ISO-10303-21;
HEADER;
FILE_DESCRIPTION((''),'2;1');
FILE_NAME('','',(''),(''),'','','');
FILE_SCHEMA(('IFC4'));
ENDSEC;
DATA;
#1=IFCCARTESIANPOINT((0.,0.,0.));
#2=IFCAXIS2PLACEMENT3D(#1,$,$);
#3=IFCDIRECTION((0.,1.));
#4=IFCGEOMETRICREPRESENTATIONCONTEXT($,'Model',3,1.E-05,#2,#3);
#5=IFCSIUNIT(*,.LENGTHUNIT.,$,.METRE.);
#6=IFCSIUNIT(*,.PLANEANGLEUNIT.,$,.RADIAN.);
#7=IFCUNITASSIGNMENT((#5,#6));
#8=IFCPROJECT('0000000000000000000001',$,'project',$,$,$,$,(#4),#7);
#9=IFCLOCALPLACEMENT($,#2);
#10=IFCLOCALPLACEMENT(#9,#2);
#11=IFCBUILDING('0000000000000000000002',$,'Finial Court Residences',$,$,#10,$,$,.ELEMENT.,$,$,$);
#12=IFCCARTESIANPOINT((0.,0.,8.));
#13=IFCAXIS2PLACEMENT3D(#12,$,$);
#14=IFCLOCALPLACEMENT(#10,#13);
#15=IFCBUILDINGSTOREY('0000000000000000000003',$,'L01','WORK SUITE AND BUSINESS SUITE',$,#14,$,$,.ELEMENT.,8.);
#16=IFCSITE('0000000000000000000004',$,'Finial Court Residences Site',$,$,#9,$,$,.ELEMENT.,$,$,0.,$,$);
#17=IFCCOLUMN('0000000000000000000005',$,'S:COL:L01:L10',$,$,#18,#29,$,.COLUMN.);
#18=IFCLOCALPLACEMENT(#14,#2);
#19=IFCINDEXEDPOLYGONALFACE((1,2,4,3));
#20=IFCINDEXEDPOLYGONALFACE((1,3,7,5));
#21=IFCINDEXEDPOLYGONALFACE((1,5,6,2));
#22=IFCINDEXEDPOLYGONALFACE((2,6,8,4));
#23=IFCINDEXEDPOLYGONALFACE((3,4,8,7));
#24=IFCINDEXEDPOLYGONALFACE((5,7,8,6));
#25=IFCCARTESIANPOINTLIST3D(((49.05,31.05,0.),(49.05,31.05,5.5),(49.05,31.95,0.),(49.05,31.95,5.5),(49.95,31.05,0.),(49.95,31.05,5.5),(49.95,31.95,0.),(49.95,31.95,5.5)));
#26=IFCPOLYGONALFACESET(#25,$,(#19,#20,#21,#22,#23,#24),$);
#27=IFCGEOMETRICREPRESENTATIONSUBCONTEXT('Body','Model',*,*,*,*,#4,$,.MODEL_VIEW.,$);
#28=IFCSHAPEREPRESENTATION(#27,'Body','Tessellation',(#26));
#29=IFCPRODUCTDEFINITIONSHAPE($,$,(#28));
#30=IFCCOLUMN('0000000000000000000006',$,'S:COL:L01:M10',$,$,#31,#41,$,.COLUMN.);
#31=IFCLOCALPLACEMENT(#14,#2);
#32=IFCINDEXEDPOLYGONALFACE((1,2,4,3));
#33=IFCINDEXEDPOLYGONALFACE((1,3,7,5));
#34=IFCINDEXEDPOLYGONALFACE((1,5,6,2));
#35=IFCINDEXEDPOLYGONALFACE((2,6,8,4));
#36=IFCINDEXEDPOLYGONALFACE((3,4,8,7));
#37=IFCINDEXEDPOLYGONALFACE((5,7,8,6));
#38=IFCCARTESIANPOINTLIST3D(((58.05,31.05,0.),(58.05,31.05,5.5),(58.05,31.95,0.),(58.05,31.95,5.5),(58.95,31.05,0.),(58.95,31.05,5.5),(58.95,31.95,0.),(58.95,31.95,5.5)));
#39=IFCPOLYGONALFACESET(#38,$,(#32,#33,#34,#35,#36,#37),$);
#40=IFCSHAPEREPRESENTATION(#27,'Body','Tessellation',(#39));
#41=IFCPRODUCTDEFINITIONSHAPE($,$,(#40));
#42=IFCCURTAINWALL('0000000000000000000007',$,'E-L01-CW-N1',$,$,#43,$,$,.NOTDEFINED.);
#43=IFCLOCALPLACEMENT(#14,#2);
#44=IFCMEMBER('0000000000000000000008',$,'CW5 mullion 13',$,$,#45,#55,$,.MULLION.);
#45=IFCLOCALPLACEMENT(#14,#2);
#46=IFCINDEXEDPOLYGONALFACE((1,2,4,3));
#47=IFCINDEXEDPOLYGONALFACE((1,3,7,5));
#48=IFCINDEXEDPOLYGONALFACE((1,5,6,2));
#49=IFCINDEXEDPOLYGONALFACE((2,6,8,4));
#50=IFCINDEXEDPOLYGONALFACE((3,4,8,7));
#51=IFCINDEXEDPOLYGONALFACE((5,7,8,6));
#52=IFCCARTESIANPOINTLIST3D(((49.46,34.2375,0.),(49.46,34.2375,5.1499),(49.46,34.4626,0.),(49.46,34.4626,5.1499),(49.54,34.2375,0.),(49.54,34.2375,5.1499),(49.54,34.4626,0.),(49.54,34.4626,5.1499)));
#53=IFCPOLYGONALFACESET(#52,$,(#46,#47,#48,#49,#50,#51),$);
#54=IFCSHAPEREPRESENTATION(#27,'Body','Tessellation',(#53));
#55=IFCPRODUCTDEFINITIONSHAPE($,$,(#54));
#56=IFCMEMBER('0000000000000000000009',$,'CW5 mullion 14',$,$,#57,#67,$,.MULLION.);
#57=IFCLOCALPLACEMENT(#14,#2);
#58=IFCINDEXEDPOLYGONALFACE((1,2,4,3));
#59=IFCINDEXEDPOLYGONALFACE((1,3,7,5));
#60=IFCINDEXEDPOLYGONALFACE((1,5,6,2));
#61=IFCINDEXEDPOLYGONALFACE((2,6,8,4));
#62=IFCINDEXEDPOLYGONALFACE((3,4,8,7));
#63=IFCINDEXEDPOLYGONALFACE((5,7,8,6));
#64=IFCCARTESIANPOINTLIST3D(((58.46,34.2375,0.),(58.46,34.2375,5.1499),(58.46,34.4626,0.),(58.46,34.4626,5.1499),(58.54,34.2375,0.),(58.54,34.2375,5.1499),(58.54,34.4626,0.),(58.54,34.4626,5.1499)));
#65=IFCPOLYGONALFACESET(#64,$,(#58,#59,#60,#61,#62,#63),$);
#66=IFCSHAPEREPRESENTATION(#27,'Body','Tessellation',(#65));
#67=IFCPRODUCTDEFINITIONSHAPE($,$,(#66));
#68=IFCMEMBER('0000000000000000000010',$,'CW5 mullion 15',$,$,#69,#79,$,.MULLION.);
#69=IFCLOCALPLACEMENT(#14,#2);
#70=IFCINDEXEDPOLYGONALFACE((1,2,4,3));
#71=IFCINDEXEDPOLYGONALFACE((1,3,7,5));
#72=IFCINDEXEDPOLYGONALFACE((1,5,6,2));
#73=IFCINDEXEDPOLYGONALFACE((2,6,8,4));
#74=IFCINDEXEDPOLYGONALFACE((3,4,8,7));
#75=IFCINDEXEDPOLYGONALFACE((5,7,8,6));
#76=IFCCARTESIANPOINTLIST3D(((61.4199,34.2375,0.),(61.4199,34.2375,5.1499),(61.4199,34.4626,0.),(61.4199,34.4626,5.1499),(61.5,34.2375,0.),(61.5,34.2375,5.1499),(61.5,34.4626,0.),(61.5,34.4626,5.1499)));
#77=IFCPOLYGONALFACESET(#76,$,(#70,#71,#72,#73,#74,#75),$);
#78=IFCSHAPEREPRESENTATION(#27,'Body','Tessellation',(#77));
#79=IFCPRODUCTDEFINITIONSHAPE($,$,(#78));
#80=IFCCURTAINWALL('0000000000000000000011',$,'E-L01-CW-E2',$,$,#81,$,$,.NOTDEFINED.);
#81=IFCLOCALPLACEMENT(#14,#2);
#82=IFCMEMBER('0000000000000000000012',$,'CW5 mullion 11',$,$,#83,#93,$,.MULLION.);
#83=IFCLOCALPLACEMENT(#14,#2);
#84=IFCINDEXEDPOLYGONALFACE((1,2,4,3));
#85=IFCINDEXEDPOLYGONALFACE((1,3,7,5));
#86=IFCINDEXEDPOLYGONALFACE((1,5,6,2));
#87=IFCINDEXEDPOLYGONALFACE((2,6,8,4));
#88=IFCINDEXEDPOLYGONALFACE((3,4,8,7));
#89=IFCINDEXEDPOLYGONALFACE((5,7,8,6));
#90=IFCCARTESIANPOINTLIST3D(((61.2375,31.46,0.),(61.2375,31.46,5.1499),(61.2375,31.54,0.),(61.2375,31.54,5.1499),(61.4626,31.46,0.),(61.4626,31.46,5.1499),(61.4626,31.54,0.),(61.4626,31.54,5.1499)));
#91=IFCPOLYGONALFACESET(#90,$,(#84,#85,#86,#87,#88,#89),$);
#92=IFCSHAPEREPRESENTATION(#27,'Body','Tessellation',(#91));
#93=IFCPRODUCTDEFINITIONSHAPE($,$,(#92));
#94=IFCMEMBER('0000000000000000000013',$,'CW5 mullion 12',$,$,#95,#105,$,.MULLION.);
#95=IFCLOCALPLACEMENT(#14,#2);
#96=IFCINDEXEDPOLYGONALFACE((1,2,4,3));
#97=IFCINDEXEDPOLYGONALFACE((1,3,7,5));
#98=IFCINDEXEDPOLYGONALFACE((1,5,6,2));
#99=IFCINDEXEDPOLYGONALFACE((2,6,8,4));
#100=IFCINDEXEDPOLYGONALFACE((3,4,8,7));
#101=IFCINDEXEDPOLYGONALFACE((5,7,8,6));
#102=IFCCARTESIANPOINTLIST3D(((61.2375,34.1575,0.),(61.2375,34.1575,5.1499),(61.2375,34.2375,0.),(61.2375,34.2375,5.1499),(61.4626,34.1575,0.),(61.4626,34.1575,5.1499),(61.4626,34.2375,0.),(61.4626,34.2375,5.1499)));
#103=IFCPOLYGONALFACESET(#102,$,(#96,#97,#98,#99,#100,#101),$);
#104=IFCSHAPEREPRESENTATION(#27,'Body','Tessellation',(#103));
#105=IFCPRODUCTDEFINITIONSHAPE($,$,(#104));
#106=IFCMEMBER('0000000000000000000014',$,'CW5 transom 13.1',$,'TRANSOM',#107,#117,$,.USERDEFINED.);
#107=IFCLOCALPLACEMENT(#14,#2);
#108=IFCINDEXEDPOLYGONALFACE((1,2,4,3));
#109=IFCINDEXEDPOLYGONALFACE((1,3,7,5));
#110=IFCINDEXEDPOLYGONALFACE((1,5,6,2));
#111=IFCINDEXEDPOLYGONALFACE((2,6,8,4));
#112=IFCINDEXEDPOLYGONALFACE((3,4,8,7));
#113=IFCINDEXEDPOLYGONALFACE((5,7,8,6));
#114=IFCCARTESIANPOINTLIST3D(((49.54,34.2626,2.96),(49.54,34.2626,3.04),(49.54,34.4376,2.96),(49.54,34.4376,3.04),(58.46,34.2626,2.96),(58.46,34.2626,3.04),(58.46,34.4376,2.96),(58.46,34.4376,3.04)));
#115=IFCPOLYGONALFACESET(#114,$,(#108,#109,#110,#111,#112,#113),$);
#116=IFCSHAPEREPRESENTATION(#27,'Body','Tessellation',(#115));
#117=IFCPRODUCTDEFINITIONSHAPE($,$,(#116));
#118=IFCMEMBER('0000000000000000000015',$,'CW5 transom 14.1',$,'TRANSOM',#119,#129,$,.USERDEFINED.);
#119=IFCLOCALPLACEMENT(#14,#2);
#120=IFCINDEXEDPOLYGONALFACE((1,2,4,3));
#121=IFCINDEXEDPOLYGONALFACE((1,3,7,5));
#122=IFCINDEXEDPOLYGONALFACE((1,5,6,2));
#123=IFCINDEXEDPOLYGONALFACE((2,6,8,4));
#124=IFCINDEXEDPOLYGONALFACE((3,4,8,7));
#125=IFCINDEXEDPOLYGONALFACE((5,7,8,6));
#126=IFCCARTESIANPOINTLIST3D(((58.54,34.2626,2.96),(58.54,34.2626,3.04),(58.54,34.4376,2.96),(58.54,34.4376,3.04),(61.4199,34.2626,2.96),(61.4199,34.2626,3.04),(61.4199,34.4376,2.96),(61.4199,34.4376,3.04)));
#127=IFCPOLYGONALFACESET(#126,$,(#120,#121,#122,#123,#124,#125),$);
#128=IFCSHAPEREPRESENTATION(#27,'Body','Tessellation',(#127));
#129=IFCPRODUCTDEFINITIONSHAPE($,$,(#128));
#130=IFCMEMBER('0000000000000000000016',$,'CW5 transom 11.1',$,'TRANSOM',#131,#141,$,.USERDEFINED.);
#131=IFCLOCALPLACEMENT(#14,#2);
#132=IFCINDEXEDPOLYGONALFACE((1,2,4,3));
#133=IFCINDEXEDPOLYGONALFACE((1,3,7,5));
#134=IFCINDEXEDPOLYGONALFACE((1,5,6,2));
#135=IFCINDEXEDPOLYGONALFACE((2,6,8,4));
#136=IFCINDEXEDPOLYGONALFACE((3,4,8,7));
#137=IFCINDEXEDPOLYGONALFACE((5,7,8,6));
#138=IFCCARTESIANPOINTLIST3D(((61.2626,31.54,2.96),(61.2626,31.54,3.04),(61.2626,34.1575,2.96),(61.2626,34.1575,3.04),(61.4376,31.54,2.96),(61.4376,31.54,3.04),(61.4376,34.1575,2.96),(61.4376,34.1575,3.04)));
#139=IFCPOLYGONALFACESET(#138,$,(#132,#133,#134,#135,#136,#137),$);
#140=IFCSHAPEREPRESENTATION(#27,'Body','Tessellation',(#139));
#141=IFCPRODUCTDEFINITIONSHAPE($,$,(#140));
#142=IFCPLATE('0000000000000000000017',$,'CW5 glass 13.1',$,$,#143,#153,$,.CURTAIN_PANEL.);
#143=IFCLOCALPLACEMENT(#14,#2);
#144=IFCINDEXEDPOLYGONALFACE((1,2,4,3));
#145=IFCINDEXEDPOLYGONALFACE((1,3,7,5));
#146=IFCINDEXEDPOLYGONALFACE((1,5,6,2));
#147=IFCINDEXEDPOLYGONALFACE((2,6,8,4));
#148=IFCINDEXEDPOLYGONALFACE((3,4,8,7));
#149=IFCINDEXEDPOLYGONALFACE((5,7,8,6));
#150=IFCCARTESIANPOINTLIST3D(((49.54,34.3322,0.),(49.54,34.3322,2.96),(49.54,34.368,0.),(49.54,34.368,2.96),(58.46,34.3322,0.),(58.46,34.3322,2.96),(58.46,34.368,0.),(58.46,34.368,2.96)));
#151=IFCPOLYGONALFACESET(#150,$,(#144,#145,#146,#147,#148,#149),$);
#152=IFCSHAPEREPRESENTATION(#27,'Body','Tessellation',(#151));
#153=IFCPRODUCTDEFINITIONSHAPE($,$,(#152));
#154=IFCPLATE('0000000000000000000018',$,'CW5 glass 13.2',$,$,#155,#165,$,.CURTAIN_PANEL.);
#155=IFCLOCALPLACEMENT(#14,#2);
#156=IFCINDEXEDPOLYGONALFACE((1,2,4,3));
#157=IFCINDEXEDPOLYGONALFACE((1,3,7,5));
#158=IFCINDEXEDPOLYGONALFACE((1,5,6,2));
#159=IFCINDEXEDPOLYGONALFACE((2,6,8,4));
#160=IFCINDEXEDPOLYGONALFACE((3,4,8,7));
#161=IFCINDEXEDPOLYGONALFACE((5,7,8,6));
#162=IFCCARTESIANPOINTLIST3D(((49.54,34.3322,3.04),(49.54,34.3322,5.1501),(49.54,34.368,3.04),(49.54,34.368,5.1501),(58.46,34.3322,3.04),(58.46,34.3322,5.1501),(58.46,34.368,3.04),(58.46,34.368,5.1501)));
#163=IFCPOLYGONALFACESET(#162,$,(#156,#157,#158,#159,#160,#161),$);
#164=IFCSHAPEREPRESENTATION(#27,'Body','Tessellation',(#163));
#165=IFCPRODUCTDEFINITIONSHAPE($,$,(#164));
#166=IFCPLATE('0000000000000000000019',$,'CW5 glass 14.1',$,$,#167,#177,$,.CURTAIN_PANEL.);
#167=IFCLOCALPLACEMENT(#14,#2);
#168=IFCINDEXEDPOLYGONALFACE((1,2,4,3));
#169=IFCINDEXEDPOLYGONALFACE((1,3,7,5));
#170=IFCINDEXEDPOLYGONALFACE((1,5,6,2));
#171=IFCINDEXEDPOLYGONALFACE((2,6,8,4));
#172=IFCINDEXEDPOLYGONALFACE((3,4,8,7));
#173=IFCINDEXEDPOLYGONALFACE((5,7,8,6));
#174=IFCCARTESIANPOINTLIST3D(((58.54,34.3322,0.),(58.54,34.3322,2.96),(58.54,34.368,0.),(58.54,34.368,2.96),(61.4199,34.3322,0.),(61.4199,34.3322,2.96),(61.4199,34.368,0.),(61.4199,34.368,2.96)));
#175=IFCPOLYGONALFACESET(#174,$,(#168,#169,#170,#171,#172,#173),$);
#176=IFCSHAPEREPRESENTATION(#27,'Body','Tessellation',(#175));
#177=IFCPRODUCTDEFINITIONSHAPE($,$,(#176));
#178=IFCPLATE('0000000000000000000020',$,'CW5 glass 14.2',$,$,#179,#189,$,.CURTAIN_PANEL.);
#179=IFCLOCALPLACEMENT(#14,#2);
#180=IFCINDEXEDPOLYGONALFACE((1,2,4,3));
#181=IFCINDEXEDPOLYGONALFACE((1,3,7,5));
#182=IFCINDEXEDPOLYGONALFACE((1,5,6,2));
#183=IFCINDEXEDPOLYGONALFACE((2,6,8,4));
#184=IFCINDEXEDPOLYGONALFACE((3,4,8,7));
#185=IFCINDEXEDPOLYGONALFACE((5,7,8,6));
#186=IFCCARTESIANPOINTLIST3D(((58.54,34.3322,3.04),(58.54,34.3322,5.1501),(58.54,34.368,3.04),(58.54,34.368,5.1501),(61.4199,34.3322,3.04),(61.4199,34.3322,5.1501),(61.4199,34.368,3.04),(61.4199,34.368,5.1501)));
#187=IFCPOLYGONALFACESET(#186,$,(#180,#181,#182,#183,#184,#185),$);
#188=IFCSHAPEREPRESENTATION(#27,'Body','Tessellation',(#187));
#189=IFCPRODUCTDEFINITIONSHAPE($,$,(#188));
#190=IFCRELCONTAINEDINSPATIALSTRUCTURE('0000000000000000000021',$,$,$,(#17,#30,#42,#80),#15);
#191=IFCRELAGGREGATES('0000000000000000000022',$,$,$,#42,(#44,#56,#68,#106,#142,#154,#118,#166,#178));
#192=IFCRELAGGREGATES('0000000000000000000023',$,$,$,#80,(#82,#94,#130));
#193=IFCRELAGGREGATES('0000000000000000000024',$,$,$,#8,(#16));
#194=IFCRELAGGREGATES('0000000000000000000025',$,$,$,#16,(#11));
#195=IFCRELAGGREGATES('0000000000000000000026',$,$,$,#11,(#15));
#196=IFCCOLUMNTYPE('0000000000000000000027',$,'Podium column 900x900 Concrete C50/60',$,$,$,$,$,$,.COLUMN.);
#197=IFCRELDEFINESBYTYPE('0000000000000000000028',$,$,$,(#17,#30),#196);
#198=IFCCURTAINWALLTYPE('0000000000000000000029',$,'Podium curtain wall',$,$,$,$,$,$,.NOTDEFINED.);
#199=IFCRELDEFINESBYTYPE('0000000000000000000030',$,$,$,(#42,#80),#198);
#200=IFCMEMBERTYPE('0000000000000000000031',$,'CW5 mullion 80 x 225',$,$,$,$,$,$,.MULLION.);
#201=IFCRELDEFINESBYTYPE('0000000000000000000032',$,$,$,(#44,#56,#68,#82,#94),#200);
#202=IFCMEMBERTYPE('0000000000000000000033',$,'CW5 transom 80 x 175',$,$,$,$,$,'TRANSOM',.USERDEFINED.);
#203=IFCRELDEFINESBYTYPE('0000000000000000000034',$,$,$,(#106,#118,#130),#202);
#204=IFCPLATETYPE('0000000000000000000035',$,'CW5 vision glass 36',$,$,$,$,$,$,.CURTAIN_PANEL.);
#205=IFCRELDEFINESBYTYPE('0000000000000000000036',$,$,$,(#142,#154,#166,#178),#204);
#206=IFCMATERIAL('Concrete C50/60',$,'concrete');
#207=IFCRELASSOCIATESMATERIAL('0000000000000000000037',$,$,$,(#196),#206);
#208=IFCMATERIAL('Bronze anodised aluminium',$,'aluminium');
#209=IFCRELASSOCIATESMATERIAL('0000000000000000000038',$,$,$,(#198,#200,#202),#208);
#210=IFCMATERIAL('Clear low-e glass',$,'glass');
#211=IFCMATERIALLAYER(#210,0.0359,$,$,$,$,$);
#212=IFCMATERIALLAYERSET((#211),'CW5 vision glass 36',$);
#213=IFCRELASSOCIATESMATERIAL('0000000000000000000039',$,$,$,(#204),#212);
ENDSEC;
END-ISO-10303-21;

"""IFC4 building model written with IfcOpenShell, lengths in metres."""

from ifc_helpers import new_model, si_unit, direction, frame, origin, origin_2d, place, context, subcontext, project, spatial, rectangle, extrude, material, layer, layer_set, material_profile, profile_set, type_object, element, aggregate, save


model = new_model("IFC4")

# Units and contexts
model_context = context("Model", 3, precision=1e-05, world=origin(), true_north=direction((0.0, 1.0)))
body_context = subcontext(model_context, "Body", "Model", "MODEL_VIEW")
ifc_project = project(units=[si_unit("LENGTHUNIT", "METRE"), si_unit("PLANEANGLEUNIT", "RADIAN")], contexts=[model_context])

# Site, building, storey
site_placement = place(None, origin())
site = spatial("IfcSite", under=ifc_project, at=site_placement, Name="Finial Court Residences Site", CompositionType="ELEMENT", RefElevation=0.0)
building_placement = place(site_placement, origin())
building = spatial("IfcBuilding", under=site, at=building_placement, Name="Finial Court Residences", CompositionType="ELEMENT")
storey_placement = place(building_placement, frame((0.0, 0.0, 8.0)))
storey = spatial("IfcBuildingStorey", under=building, at=storey_placement, Name="L01", Description="WORK SUITE AND BUSINESS SUITE", CompositionType="ELEMENT", Elevation=8.0)

# Columns
ifc_material_1 = material(Name="Concrete C50/60", Category="concrete")
ifc_material_profile_1 = material_profile(ifc_material_1, rectangle(XDim=0.8999, YDim=0.8999, at=origin_2d()), Name="900x900")
ifc_profile_set_1 = profile_set([ifc_material_profile_1], Name="Concrete C50/60")
column_type = type_object("IfcColumnType", Name="Podium column 900x900 Concrete C50/60", PredefinedType="COLUMN", material=ifc_profile_set_1)
for number, where, z_axis, x_axis, name in (
    (1, (49.5, 31.5, 0.0), (0.0, 0.0, 1.0), (1.0, 0.0, 0.0), "S:COL:L01:L10"),
    (2, (58.5, 31.5, 0.0), (0.0, 0.0, 1.0), (1.0, 0.0, 0.0), "S:COL:L01:M10"),
):
    element("IfcColumn", number, at=place(storey_placement, frame(where, z_axis=z_axis, x_axis=x_axis)), inside=storey, type_object=column_type, Name=name, PredefinedType="COLUMN", context=body_context, shape_type="SweptSolid", body=[
        extrude(rectangle(XDim=0.8999, YDim=0.8999, at=origin_2d()), origin(), (0.0, 0.0, 1.0), 5.5),
    ])

# Curtain walls, members
ifc_material_2 = material(Name="Bronze anodised aluminium", Category="aluminium")
curtain_wall_type = type_object("IfcCurtainWallType", Name="Podium curtain wall", PredefinedType="NOTDEFINED", material=ifc_material_2)
curtain_wall_1_placement = place(storey_placement, origin())
curtain_wall_1 = element("IfcCurtainWall", 3, at=curtain_wall_1_placement, inside=storey, type_object=curtain_wall_type, Name="E-L01-CW-N1", PredefinedType="NOTDEFINED")
ifc_material_profile_2 = material_profile(ifc_material_2, rectangle(XDim=0.2251, YDim=0.0801, at=origin_2d()), Name="CW5 mullion 80 x 225")
ifc_profile_set_2 = profile_set([ifc_material_profile_2], Name="Bronze anodised aluminium")
member_type_1 = type_object("IfcMemberType", Name="CW5 mullion 80 x 225", PredefinedType="MULLION", material=ifc_profile_set_2)
member_1_placement = place(storey_placement, frame((49.5, 34.3501, 0.0), z_axis=(0.0, 0.0, 1.0), x_axis=(0.0, 1.0, 0.0)))
member_1 = element("IfcMember", 4, at=member_1_placement, type_object=member_type_1, Name="CW5 mullion 13", PredefinedType="MULLION", context=body_context, shape_type="SweptSolid", body=[
    extrude(rectangle(XDim=0.2251, YDim=0.0801, at=origin_2d()), origin(), (0.0, 0.0, 1.0), 5.1499),
])
member_2_placement = place(storey_placement, frame((58.5, 34.3501, 0.0), z_axis=(0.0, 0.0, 1.0), x_axis=(0.0, 1.0, 0.0)))
member_2 = element("IfcMember", 5, at=member_2_placement, type_object=member_type_1, Name="CW5 mullion 14", PredefinedType="MULLION", context=body_context, shape_type="SweptSolid", body=[
    extrude(rectangle(XDim=0.2251, YDim=0.0801, at=origin_2d()), origin(), (0.0, 0.0, 1.0), 5.1499),
])
member_3_placement = place(storey_placement, frame((61.46, 34.3501, 0.0), z_axis=(0.0, 0.0, 1.0), x_axis=(0.0, 1.0, 0.0)))
member_3 = element("IfcMember", 6, at=member_3_placement, type_object=member_type_1, Name="CW5 mullion 15", PredefinedType="MULLION", context=body_context, shape_type="SweptSolid", body=[
    extrude(rectangle(XDim=0.2251, YDim=0.0801, at=origin_2d()), origin(), (0.0, 0.0, 1.0), 5.1499),
])
curtain_wall_2_placement = place(storey_placement, origin())
curtain_wall_2 = element("IfcCurtainWall", 7, at=curtain_wall_2_placement, inside=storey, type_object=curtain_wall_type, Name="E-L01-CW-E2", PredefinedType="NOTDEFINED")
member_4_placement = place(storey_placement, frame((61.3501, 31.5, 0.0), z_axis=(0.0, 0.0, 1.0), x_axis=(-1.0, 0.0, 0.0)))
member_4 = element("IfcMember", 8, at=member_4_placement, type_object=member_type_1, Name="CW5 mullion 11", PredefinedType="MULLION", context=body_context, shape_type="SweptSolid", body=[
    extrude(rectangle(XDim=0.2251, YDim=0.0801, at=origin_2d()), origin(), (0.0, 0.0, 1.0), 5.1499),
])
member_5_placement = place(storey_placement, frame((61.3501, 34.1975, 0.0), z_axis=(0.0, 0.0, 1.0), x_axis=(-1.0, 0.0, 0.0)))
member_5 = element("IfcMember", 9, at=member_5_placement, type_object=member_type_1, Name="CW5 mullion 12", PredefinedType="MULLION", context=body_context, shape_type="SweptSolid", body=[
    extrude(rectangle(XDim=0.2251, YDim=0.0801, at=origin_2d()), origin(), (0.0, 0.0, 1.0), 5.1499),
])

# Members
ifc_material_profile_3 = material_profile(ifc_material_2, rectangle(XDim=0.175, YDim=0.0801, at=origin_2d()), Name="CW5 transom 80 x 175")
ifc_profile_set_3 = profile_set([ifc_material_profile_3], Name="Bronze anodised aluminium")
member_type_2 = type_object("IfcMemberType", Name="CW5 transom 80 x 175", ElementType="TRANSOM", PredefinedType="USERDEFINED", material=ifc_profile_set_3)
member_6_placement = place(storey_placement, frame((49.54, 34.3501, 3.0), z_axis=(1.0, 0.0, 0.0), x_axis=(0.0, 1.0, 0.0)))
member_6 = element("IfcMember", 10, at=member_6_placement, type_object=member_type_2, Name="CW5 transom 13.1", ObjectType="TRANSOM", PredefinedType="USERDEFINED", context=body_context, shape_type="SweptSolid", body=[
    extrude(rectangle(XDim=0.175, YDim=0.0801, at=origin_2d()), origin(), (0.0, 0.0, 1.0), 8.9199),
])
member_7_placement = place(storey_placement, frame((58.54, 34.3501, 3.0), z_axis=(1.0, 0.0, 0.0), x_axis=(0.0, 1.0, 0.0)))
member_7 = element("IfcMember", 11, at=member_7_placement, type_object=member_type_2, Name="CW5 transom 14.1", ObjectType="TRANSOM", PredefinedType="USERDEFINED", context=body_context, shape_type="SweptSolid", body=[
    extrude(rectangle(XDim=0.175, YDim=0.0801, at=origin_2d()), origin(), (0.0, 0.0, 1.0), 2.8799),
])
member_8_placement = place(storey_placement, frame((61.3501, 31.54, 3.0), z_axis=(0.0, 1.0, 0.0), x_axis=(-1.0, 0.0, 0.0)))
member_8 = element("IfcMember", 12, at=member_8_placement, type_object=member_type_2, Name="CW5 transom 11.1", ObjectType="TRANSOM", PredefinedType="USERDEFINED", context=body_context, shape_type="SweptSolid", body=[
    extrude(rectangle(XDim=0.175, YDim=0.0801, at=origin_2d()), origin(), (0.0, 0.0, 1.0), 2.6174),
])

# Plates
ifc_material_3 = material(Name="Clear low-e glass", Category="glass")
ifc_layer_1 = layer(ifc_material_3, 0.0359)
ifc_layer_set_1 = layer_set([ifc_layer_1], Name="CW5 vision glass 36")
plate_type = type_object("IfcPlateType", Name="CW5 vision glass 36", PredefinedType="CURTAIN_PANEL", material=ifc_layer_set_1)
plate_1_placement = place(storey_placement, frame((54.0, 34.3501, 0.0), z_axis=(0.0, 0.0, 1.0), x_axis=(1.0, 0.0, 0.0)))
plate_1 = element("IfcPlate", 13, at=plate_1_placement, type_object=plate_type, Name="CW5 glass 13.1", PredefinedType="CURTAIN_PANEL", context=body_context, shape_type="SweptSolid", body=[
    extrude(rectangle(XDim=8.9199, YDim=0.0359, at=origin_2d()), origin(), (0.0, 0.0, 1.0), 2.96),
])
plate_2_placement = place(storey_placement, frame((54.0, 34.3501, 3.04), z_axis=(0.0, 0.0, 1.0), x_axis=(1.0, 0.0, 0.0)))
plate_2 = element("IfcPlate", 14, at=plate_2_placement, type_object=plate_type, Name="CW5 glass 13.2", PredefinedType="CURTAIN_PANEL", context=body_context, shape_type="SweptSolid", body=[
    extrude(rectangle(XDim=8.9199, YDim=0.0359, at=origin_2d()), origin(), (0.0, 0.0, 1.0), 2.1101),
])
plate_3_placement = place(storey_placement, frame((59.98, 34.3501, 0.0), z_axis=(0.0, 0.0, 1.0), x_axis=(1.0, 0.0, 0.0)))
plate_3 = element("IfcPlate", 15, at=plate_3_placement, type_object=plate_type, Name="CW5 glass 14.1", PredefinedType="CURTAIN_PANEL", context=body_context, shape_type="SweptSolid", body=[
    extrude(rectangle(XDim=2.8799, YDim=0.0359, at=origin_2d()), origin(), (0.0, 0.0, 1.0), 2.96),
])
plate_4_placement = place(storey_placement, frame((59.98, 34.3501, 3.04), z_axis=(0.0, 0.0, 1.0), x_axis=(1.0, 0.0, 0.0)))
plate_4 = element("IfcPlate", 16, at=plate_4_placement, type_object=plate_type, Name="CW5 glass 14.2", PredefinedType="CURTAIN_PANEL", context=body_context, shape_type="SweptSolid", body=[
    extrude(rectangle(XDim=2.8799, YDim=0.0359, at=origin_2d()), origin(), (0.0, 0.0, 1.0), 2.1101),
])
aggregate(curtain_wall_1, [member_1, member_2, member_3, member_6, plate_1, plate_2, member_7, plate_3, plate_4])
aggregate(curtain_wall_2, [member_4, member_5, member_8])

save(model, "model.ifc")
